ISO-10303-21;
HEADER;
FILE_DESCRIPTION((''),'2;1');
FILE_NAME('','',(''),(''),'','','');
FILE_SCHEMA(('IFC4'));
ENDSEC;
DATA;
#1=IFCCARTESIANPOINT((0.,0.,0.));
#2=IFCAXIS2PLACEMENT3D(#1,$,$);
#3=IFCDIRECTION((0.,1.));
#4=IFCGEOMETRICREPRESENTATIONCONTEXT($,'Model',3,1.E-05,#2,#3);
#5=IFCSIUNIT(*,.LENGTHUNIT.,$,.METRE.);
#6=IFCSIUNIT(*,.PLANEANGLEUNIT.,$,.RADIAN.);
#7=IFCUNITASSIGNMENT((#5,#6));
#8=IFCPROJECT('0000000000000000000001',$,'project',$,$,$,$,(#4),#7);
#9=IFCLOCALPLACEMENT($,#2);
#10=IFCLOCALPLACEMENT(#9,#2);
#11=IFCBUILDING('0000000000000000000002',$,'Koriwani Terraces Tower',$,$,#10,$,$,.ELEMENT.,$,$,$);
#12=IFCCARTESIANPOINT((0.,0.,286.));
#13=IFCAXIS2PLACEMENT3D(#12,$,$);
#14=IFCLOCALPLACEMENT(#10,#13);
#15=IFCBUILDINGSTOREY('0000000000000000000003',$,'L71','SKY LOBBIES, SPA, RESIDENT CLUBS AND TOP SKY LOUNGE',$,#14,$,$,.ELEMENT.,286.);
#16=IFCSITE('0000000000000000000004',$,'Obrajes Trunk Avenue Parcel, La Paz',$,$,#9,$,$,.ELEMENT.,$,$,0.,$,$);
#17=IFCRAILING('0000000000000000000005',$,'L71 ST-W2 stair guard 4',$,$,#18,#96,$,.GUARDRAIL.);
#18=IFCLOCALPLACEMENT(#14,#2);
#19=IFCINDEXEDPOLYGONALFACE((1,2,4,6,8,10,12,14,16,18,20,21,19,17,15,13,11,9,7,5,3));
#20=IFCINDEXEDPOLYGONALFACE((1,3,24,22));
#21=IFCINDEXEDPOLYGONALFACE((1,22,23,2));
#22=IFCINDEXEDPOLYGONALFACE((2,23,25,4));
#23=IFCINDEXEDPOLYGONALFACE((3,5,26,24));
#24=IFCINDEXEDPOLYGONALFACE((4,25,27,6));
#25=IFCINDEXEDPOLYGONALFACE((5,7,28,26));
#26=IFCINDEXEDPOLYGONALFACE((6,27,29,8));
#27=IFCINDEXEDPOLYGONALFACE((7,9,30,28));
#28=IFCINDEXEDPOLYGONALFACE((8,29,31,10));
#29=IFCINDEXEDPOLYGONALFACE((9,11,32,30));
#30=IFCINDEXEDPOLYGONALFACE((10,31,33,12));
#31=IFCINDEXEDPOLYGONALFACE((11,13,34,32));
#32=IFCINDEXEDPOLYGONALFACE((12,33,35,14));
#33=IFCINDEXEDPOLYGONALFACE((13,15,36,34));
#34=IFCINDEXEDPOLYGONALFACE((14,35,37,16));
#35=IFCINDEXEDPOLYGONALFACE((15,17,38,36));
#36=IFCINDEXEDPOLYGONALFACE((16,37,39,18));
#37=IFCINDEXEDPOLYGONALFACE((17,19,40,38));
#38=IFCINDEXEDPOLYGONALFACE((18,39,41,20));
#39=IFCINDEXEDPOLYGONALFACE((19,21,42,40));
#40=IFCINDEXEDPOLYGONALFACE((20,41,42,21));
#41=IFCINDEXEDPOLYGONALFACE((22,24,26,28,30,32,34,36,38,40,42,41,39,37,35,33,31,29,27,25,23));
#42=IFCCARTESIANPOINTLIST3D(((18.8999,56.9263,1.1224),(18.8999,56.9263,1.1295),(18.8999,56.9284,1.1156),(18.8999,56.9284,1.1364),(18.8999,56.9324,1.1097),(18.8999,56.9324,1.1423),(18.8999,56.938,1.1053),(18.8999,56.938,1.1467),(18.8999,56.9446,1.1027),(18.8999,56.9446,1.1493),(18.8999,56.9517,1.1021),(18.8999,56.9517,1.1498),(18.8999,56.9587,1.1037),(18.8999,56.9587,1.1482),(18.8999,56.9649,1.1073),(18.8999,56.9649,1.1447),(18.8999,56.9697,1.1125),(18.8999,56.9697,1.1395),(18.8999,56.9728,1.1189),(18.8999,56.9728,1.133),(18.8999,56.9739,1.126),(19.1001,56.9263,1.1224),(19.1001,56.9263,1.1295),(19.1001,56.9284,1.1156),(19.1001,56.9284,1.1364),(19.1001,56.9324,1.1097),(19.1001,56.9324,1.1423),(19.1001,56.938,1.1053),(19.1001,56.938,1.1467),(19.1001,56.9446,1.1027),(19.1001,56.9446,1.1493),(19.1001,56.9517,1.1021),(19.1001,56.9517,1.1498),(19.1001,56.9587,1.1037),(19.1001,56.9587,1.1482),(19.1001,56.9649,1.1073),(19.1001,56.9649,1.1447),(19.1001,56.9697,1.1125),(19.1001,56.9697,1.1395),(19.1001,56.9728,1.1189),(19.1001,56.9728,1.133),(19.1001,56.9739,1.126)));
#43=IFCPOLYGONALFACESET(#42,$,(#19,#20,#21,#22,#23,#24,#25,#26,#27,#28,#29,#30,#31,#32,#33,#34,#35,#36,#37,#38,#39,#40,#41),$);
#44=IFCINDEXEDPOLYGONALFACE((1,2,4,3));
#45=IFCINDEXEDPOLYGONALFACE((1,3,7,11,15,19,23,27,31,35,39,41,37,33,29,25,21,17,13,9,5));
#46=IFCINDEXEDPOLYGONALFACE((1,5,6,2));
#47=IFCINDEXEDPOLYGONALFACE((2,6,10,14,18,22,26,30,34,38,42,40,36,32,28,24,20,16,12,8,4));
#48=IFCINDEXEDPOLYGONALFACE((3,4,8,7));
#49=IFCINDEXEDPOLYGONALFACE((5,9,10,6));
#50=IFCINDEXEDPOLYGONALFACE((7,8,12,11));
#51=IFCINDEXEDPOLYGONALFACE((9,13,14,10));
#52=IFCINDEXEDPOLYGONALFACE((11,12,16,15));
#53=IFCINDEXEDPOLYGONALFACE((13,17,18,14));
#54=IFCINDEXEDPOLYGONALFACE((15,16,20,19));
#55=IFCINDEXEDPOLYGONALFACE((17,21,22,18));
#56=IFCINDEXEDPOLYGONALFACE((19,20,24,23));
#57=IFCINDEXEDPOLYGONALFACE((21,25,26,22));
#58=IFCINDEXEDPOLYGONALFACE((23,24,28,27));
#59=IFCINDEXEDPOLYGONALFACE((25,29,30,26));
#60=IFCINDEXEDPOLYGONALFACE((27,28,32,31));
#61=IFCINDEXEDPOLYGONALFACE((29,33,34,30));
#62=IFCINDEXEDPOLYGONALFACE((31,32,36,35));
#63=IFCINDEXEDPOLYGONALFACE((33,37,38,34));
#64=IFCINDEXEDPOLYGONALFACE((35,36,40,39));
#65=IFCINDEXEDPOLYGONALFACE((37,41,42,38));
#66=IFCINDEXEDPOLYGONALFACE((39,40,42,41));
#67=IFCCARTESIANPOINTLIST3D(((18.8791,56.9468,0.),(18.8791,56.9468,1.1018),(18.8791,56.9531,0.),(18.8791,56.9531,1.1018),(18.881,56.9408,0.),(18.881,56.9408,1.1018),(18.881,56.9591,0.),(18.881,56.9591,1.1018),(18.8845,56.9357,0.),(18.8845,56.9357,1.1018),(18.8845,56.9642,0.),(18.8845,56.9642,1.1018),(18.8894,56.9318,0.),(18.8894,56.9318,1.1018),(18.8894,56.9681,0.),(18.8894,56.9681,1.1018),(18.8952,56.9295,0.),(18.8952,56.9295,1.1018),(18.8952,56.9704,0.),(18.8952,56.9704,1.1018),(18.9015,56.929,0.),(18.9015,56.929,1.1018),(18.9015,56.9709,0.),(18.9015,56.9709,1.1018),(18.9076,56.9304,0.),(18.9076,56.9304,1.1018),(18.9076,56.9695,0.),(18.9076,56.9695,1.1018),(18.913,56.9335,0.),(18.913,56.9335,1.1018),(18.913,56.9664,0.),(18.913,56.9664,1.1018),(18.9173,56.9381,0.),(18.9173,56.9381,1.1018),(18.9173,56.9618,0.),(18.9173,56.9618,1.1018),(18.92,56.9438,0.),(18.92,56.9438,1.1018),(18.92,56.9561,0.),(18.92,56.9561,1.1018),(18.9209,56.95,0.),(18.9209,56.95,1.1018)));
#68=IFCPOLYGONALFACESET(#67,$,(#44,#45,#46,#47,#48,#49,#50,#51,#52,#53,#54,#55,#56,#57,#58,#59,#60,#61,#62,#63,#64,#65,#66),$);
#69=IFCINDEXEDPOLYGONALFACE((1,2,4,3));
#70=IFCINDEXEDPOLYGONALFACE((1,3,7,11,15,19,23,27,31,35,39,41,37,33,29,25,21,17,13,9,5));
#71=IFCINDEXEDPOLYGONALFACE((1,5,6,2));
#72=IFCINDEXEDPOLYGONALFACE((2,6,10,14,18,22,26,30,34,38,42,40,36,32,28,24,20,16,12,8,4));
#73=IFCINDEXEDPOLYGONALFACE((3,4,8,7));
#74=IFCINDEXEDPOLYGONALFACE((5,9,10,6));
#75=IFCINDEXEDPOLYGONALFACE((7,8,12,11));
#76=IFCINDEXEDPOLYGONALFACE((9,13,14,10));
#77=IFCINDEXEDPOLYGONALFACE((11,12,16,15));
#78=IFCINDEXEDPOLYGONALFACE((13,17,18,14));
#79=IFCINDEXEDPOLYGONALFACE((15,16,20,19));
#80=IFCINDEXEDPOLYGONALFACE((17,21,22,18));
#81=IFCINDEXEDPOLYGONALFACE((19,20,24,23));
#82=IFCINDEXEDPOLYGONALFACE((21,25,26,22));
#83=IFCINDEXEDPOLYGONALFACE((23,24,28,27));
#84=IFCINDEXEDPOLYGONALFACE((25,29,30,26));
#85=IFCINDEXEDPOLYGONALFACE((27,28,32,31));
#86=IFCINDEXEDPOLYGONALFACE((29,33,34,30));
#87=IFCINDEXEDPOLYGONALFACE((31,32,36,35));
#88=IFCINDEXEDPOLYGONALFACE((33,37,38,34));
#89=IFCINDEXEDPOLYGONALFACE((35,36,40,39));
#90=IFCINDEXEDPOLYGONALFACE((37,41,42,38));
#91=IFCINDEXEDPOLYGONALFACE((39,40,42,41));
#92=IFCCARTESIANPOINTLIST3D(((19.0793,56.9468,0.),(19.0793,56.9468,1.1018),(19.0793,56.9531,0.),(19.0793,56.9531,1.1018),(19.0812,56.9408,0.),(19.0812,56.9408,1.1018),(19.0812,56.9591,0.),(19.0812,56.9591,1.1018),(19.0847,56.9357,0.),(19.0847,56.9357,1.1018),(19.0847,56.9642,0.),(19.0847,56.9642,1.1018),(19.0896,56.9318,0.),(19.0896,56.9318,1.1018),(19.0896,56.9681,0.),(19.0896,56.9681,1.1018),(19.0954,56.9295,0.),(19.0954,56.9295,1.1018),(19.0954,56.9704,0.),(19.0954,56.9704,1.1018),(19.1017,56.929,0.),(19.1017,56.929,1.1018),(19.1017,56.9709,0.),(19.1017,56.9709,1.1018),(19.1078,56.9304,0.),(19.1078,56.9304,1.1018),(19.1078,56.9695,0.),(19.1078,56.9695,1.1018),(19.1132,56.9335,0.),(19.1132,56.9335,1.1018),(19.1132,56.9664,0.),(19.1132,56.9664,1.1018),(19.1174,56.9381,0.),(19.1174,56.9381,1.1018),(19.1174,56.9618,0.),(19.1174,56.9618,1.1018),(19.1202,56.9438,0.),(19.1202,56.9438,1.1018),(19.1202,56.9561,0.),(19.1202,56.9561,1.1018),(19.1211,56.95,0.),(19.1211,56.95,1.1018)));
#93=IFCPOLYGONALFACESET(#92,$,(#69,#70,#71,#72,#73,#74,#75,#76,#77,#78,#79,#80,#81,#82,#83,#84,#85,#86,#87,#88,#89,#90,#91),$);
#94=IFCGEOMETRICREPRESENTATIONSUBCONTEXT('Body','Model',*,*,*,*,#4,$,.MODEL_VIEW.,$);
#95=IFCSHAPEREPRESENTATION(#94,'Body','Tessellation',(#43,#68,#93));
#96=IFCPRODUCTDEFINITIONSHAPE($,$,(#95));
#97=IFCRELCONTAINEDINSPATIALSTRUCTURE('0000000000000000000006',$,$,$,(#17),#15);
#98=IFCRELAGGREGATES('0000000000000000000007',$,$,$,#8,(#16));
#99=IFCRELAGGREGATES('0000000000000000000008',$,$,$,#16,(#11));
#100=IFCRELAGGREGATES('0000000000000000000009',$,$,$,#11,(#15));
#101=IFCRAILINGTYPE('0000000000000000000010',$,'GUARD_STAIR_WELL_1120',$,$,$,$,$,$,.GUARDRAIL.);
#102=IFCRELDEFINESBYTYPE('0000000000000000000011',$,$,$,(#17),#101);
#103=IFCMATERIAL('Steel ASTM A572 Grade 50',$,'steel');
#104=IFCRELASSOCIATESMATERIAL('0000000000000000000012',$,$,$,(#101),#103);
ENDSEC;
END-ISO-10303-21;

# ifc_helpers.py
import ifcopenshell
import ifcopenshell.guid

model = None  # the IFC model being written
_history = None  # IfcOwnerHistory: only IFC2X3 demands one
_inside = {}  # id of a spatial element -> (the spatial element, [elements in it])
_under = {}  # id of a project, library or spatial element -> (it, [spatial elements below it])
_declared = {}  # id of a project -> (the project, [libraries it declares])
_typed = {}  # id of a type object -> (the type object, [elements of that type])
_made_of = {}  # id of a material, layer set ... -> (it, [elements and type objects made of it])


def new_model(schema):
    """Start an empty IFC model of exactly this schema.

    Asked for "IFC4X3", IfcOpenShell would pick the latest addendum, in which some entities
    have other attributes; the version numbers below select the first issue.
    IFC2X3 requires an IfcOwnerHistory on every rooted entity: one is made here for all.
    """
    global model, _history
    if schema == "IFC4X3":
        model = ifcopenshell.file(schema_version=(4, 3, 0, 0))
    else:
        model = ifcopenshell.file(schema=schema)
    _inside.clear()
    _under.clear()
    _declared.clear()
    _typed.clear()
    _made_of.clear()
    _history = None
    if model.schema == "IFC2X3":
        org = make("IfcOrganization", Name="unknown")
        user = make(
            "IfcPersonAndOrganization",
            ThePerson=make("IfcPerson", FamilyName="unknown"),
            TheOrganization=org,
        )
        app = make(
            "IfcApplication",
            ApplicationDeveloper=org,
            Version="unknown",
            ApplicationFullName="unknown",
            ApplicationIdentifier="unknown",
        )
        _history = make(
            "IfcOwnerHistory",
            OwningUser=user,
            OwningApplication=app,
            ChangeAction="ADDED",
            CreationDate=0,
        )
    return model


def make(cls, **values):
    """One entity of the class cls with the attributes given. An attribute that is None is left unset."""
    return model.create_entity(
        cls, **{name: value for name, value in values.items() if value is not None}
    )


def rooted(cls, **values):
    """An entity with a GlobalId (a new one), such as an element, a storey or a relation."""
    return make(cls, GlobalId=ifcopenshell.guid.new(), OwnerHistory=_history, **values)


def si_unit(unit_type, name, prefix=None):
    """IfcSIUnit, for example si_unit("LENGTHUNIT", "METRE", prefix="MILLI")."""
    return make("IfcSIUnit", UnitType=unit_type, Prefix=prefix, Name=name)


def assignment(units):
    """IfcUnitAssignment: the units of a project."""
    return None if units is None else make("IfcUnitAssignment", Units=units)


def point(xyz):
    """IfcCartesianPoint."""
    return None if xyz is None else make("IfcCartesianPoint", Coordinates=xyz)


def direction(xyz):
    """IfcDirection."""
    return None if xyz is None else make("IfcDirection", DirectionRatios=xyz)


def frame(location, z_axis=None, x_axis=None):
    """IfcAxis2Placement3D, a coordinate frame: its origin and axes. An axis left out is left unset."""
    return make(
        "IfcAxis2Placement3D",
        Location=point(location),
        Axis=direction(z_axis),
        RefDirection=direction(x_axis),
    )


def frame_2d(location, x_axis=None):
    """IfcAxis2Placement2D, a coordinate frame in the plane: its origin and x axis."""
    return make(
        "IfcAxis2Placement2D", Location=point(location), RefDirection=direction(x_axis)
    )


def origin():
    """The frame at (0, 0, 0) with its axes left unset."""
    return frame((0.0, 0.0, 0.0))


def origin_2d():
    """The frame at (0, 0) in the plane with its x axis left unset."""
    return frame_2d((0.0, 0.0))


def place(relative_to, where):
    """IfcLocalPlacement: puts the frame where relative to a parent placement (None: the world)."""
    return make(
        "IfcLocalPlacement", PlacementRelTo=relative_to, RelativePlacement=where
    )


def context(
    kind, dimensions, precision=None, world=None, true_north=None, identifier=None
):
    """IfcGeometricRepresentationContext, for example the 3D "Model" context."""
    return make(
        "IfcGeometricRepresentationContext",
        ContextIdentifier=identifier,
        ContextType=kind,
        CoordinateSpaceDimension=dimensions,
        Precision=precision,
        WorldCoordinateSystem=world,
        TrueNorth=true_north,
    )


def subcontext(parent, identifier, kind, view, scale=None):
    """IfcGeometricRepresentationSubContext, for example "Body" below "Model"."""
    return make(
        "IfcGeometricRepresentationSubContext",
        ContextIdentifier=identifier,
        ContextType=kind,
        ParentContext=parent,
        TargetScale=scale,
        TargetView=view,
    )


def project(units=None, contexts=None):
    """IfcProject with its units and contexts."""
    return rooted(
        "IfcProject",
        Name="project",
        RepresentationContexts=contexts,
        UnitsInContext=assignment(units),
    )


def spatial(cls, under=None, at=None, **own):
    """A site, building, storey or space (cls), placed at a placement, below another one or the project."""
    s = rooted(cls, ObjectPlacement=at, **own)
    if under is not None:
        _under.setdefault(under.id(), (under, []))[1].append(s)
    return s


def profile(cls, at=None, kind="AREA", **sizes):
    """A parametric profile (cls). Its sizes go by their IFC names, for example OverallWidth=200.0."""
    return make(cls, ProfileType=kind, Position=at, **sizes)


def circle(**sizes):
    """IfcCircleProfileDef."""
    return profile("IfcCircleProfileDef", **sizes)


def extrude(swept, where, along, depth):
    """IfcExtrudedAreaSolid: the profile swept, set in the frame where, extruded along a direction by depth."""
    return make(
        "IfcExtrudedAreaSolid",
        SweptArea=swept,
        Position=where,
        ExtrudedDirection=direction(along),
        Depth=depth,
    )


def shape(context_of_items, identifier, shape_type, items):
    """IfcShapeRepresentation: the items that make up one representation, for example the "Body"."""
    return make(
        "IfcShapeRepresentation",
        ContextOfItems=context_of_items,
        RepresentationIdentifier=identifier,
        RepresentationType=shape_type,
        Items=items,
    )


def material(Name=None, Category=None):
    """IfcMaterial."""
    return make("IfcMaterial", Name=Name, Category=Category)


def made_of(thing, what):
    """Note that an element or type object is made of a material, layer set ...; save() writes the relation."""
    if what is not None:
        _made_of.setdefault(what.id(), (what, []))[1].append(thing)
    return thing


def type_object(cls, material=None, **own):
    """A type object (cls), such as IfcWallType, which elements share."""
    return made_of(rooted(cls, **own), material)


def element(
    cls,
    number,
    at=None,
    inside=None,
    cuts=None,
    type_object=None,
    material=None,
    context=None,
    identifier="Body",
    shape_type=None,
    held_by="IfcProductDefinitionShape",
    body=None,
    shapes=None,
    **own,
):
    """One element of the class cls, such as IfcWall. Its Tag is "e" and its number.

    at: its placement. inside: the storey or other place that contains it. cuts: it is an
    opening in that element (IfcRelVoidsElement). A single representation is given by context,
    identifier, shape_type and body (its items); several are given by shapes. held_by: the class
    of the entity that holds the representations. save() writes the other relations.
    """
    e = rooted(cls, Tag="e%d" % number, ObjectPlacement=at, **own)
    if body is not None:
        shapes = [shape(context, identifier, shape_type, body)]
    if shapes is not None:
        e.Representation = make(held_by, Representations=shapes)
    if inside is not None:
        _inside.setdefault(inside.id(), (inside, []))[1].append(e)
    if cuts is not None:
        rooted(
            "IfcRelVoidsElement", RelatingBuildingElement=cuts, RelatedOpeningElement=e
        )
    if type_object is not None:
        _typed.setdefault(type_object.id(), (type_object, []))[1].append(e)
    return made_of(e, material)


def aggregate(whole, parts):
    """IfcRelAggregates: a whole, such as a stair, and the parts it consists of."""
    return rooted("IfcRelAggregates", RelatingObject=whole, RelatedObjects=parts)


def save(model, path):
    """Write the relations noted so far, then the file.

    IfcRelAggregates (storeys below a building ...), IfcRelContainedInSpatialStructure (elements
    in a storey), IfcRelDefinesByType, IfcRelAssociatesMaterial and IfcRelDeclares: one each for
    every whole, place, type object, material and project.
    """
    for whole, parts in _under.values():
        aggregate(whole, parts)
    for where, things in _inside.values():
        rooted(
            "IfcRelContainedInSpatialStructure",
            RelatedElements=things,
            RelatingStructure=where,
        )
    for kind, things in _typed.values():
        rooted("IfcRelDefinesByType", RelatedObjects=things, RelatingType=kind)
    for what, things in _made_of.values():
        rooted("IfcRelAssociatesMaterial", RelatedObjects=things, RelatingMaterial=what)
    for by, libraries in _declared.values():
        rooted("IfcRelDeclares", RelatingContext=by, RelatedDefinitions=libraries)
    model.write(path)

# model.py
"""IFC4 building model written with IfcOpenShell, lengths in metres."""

from ifc_helpers import new_model, si_unit, direction, frame, origin, origin_2d, place, context, subcontext, project, spatial, circle, extrude, material, type_object, element, save


model = new_model("IFC4")

# Units and contexts
model_context = context("Model", 3, precision=1e-05, world=origin(), true_north=direction((0.0, 1.0)))
body_context = subcontext(model_context, "Body", "Model", "MODEL_VIEW")
ifc_project = project(units=[si_unit("LENGTHUNIT", "METRE"), si_unit("PLANEANGLEUNIT", "RADIAN")], contexts=[model_context])

# Site, building, storey
site_placement = place(None, origin())
site = spatial("IfcSite", under=ifc_project, at=site_placement, Name="Obrajes Trunk Avenue Parcel, La Paz", CompositionType="ELEMENT", RefElevation=0.0)
building_placement = place(site_placement, origin())
building = spatial("IfcBuilding", under=site, at=building_placement, Name="Koriwani Terraces Tower", CompositionType="ELEMENT")
storey_placement = place(building_placement, frame((0.0, 0.0, 286.0)))
storey = spatial("IfcBuildingStorey", under=building, at=storey_placement, Name="L71", Description="SKY LOBBIES, SPA, RESIDENT CLUBS AND TOP SKY LOUNGE", CompositionType="ELEMENT", Elevation=286.0)

# Shared definitions
ifc_material_1 = material(Name="Steel ASTM A572 Grade 50", Category="steel")

# Railing
railing_type_1 = type_object("IfcRailingType", Name="GUARD_STAIR_WELL_1120", PredefinedType="GUARDRAIL", material=ifc_material_1)
railing_1_placement = place(storey_placement, frame((18.8999, 56.95, 0.0)))
element("IfcRailing", 1, at=railing_1_placement, inside=storey, type_object=railing_type_1, Name="L71 ST-W2 stair guard 4", PredefinedType="GUARDRAIL", context=body_context, shape_type="SweptSolid", body=[
    extrude(circle(Radius=0.0239, at=origin_2d()), frame((0.0, 0.0, 1.126), z_axis=(1.0, 0.0, 0.0), x_axis=(0.0, 1.0, 0.0)), (0.0, 0.0, 1.0), 0.2002),
    extrude(circle(Radius=0.021, at=origin_2d()), origin(), (0.0, 0.0, 1.0), 1.1018),
    extrude(circle(Radius=0.021, at=origin_2d()), frame((0.2002, 0.0, 0.0)), (0.0, 0.0, 1.0), 1.1018),
])

save(model, "model.ifc")
